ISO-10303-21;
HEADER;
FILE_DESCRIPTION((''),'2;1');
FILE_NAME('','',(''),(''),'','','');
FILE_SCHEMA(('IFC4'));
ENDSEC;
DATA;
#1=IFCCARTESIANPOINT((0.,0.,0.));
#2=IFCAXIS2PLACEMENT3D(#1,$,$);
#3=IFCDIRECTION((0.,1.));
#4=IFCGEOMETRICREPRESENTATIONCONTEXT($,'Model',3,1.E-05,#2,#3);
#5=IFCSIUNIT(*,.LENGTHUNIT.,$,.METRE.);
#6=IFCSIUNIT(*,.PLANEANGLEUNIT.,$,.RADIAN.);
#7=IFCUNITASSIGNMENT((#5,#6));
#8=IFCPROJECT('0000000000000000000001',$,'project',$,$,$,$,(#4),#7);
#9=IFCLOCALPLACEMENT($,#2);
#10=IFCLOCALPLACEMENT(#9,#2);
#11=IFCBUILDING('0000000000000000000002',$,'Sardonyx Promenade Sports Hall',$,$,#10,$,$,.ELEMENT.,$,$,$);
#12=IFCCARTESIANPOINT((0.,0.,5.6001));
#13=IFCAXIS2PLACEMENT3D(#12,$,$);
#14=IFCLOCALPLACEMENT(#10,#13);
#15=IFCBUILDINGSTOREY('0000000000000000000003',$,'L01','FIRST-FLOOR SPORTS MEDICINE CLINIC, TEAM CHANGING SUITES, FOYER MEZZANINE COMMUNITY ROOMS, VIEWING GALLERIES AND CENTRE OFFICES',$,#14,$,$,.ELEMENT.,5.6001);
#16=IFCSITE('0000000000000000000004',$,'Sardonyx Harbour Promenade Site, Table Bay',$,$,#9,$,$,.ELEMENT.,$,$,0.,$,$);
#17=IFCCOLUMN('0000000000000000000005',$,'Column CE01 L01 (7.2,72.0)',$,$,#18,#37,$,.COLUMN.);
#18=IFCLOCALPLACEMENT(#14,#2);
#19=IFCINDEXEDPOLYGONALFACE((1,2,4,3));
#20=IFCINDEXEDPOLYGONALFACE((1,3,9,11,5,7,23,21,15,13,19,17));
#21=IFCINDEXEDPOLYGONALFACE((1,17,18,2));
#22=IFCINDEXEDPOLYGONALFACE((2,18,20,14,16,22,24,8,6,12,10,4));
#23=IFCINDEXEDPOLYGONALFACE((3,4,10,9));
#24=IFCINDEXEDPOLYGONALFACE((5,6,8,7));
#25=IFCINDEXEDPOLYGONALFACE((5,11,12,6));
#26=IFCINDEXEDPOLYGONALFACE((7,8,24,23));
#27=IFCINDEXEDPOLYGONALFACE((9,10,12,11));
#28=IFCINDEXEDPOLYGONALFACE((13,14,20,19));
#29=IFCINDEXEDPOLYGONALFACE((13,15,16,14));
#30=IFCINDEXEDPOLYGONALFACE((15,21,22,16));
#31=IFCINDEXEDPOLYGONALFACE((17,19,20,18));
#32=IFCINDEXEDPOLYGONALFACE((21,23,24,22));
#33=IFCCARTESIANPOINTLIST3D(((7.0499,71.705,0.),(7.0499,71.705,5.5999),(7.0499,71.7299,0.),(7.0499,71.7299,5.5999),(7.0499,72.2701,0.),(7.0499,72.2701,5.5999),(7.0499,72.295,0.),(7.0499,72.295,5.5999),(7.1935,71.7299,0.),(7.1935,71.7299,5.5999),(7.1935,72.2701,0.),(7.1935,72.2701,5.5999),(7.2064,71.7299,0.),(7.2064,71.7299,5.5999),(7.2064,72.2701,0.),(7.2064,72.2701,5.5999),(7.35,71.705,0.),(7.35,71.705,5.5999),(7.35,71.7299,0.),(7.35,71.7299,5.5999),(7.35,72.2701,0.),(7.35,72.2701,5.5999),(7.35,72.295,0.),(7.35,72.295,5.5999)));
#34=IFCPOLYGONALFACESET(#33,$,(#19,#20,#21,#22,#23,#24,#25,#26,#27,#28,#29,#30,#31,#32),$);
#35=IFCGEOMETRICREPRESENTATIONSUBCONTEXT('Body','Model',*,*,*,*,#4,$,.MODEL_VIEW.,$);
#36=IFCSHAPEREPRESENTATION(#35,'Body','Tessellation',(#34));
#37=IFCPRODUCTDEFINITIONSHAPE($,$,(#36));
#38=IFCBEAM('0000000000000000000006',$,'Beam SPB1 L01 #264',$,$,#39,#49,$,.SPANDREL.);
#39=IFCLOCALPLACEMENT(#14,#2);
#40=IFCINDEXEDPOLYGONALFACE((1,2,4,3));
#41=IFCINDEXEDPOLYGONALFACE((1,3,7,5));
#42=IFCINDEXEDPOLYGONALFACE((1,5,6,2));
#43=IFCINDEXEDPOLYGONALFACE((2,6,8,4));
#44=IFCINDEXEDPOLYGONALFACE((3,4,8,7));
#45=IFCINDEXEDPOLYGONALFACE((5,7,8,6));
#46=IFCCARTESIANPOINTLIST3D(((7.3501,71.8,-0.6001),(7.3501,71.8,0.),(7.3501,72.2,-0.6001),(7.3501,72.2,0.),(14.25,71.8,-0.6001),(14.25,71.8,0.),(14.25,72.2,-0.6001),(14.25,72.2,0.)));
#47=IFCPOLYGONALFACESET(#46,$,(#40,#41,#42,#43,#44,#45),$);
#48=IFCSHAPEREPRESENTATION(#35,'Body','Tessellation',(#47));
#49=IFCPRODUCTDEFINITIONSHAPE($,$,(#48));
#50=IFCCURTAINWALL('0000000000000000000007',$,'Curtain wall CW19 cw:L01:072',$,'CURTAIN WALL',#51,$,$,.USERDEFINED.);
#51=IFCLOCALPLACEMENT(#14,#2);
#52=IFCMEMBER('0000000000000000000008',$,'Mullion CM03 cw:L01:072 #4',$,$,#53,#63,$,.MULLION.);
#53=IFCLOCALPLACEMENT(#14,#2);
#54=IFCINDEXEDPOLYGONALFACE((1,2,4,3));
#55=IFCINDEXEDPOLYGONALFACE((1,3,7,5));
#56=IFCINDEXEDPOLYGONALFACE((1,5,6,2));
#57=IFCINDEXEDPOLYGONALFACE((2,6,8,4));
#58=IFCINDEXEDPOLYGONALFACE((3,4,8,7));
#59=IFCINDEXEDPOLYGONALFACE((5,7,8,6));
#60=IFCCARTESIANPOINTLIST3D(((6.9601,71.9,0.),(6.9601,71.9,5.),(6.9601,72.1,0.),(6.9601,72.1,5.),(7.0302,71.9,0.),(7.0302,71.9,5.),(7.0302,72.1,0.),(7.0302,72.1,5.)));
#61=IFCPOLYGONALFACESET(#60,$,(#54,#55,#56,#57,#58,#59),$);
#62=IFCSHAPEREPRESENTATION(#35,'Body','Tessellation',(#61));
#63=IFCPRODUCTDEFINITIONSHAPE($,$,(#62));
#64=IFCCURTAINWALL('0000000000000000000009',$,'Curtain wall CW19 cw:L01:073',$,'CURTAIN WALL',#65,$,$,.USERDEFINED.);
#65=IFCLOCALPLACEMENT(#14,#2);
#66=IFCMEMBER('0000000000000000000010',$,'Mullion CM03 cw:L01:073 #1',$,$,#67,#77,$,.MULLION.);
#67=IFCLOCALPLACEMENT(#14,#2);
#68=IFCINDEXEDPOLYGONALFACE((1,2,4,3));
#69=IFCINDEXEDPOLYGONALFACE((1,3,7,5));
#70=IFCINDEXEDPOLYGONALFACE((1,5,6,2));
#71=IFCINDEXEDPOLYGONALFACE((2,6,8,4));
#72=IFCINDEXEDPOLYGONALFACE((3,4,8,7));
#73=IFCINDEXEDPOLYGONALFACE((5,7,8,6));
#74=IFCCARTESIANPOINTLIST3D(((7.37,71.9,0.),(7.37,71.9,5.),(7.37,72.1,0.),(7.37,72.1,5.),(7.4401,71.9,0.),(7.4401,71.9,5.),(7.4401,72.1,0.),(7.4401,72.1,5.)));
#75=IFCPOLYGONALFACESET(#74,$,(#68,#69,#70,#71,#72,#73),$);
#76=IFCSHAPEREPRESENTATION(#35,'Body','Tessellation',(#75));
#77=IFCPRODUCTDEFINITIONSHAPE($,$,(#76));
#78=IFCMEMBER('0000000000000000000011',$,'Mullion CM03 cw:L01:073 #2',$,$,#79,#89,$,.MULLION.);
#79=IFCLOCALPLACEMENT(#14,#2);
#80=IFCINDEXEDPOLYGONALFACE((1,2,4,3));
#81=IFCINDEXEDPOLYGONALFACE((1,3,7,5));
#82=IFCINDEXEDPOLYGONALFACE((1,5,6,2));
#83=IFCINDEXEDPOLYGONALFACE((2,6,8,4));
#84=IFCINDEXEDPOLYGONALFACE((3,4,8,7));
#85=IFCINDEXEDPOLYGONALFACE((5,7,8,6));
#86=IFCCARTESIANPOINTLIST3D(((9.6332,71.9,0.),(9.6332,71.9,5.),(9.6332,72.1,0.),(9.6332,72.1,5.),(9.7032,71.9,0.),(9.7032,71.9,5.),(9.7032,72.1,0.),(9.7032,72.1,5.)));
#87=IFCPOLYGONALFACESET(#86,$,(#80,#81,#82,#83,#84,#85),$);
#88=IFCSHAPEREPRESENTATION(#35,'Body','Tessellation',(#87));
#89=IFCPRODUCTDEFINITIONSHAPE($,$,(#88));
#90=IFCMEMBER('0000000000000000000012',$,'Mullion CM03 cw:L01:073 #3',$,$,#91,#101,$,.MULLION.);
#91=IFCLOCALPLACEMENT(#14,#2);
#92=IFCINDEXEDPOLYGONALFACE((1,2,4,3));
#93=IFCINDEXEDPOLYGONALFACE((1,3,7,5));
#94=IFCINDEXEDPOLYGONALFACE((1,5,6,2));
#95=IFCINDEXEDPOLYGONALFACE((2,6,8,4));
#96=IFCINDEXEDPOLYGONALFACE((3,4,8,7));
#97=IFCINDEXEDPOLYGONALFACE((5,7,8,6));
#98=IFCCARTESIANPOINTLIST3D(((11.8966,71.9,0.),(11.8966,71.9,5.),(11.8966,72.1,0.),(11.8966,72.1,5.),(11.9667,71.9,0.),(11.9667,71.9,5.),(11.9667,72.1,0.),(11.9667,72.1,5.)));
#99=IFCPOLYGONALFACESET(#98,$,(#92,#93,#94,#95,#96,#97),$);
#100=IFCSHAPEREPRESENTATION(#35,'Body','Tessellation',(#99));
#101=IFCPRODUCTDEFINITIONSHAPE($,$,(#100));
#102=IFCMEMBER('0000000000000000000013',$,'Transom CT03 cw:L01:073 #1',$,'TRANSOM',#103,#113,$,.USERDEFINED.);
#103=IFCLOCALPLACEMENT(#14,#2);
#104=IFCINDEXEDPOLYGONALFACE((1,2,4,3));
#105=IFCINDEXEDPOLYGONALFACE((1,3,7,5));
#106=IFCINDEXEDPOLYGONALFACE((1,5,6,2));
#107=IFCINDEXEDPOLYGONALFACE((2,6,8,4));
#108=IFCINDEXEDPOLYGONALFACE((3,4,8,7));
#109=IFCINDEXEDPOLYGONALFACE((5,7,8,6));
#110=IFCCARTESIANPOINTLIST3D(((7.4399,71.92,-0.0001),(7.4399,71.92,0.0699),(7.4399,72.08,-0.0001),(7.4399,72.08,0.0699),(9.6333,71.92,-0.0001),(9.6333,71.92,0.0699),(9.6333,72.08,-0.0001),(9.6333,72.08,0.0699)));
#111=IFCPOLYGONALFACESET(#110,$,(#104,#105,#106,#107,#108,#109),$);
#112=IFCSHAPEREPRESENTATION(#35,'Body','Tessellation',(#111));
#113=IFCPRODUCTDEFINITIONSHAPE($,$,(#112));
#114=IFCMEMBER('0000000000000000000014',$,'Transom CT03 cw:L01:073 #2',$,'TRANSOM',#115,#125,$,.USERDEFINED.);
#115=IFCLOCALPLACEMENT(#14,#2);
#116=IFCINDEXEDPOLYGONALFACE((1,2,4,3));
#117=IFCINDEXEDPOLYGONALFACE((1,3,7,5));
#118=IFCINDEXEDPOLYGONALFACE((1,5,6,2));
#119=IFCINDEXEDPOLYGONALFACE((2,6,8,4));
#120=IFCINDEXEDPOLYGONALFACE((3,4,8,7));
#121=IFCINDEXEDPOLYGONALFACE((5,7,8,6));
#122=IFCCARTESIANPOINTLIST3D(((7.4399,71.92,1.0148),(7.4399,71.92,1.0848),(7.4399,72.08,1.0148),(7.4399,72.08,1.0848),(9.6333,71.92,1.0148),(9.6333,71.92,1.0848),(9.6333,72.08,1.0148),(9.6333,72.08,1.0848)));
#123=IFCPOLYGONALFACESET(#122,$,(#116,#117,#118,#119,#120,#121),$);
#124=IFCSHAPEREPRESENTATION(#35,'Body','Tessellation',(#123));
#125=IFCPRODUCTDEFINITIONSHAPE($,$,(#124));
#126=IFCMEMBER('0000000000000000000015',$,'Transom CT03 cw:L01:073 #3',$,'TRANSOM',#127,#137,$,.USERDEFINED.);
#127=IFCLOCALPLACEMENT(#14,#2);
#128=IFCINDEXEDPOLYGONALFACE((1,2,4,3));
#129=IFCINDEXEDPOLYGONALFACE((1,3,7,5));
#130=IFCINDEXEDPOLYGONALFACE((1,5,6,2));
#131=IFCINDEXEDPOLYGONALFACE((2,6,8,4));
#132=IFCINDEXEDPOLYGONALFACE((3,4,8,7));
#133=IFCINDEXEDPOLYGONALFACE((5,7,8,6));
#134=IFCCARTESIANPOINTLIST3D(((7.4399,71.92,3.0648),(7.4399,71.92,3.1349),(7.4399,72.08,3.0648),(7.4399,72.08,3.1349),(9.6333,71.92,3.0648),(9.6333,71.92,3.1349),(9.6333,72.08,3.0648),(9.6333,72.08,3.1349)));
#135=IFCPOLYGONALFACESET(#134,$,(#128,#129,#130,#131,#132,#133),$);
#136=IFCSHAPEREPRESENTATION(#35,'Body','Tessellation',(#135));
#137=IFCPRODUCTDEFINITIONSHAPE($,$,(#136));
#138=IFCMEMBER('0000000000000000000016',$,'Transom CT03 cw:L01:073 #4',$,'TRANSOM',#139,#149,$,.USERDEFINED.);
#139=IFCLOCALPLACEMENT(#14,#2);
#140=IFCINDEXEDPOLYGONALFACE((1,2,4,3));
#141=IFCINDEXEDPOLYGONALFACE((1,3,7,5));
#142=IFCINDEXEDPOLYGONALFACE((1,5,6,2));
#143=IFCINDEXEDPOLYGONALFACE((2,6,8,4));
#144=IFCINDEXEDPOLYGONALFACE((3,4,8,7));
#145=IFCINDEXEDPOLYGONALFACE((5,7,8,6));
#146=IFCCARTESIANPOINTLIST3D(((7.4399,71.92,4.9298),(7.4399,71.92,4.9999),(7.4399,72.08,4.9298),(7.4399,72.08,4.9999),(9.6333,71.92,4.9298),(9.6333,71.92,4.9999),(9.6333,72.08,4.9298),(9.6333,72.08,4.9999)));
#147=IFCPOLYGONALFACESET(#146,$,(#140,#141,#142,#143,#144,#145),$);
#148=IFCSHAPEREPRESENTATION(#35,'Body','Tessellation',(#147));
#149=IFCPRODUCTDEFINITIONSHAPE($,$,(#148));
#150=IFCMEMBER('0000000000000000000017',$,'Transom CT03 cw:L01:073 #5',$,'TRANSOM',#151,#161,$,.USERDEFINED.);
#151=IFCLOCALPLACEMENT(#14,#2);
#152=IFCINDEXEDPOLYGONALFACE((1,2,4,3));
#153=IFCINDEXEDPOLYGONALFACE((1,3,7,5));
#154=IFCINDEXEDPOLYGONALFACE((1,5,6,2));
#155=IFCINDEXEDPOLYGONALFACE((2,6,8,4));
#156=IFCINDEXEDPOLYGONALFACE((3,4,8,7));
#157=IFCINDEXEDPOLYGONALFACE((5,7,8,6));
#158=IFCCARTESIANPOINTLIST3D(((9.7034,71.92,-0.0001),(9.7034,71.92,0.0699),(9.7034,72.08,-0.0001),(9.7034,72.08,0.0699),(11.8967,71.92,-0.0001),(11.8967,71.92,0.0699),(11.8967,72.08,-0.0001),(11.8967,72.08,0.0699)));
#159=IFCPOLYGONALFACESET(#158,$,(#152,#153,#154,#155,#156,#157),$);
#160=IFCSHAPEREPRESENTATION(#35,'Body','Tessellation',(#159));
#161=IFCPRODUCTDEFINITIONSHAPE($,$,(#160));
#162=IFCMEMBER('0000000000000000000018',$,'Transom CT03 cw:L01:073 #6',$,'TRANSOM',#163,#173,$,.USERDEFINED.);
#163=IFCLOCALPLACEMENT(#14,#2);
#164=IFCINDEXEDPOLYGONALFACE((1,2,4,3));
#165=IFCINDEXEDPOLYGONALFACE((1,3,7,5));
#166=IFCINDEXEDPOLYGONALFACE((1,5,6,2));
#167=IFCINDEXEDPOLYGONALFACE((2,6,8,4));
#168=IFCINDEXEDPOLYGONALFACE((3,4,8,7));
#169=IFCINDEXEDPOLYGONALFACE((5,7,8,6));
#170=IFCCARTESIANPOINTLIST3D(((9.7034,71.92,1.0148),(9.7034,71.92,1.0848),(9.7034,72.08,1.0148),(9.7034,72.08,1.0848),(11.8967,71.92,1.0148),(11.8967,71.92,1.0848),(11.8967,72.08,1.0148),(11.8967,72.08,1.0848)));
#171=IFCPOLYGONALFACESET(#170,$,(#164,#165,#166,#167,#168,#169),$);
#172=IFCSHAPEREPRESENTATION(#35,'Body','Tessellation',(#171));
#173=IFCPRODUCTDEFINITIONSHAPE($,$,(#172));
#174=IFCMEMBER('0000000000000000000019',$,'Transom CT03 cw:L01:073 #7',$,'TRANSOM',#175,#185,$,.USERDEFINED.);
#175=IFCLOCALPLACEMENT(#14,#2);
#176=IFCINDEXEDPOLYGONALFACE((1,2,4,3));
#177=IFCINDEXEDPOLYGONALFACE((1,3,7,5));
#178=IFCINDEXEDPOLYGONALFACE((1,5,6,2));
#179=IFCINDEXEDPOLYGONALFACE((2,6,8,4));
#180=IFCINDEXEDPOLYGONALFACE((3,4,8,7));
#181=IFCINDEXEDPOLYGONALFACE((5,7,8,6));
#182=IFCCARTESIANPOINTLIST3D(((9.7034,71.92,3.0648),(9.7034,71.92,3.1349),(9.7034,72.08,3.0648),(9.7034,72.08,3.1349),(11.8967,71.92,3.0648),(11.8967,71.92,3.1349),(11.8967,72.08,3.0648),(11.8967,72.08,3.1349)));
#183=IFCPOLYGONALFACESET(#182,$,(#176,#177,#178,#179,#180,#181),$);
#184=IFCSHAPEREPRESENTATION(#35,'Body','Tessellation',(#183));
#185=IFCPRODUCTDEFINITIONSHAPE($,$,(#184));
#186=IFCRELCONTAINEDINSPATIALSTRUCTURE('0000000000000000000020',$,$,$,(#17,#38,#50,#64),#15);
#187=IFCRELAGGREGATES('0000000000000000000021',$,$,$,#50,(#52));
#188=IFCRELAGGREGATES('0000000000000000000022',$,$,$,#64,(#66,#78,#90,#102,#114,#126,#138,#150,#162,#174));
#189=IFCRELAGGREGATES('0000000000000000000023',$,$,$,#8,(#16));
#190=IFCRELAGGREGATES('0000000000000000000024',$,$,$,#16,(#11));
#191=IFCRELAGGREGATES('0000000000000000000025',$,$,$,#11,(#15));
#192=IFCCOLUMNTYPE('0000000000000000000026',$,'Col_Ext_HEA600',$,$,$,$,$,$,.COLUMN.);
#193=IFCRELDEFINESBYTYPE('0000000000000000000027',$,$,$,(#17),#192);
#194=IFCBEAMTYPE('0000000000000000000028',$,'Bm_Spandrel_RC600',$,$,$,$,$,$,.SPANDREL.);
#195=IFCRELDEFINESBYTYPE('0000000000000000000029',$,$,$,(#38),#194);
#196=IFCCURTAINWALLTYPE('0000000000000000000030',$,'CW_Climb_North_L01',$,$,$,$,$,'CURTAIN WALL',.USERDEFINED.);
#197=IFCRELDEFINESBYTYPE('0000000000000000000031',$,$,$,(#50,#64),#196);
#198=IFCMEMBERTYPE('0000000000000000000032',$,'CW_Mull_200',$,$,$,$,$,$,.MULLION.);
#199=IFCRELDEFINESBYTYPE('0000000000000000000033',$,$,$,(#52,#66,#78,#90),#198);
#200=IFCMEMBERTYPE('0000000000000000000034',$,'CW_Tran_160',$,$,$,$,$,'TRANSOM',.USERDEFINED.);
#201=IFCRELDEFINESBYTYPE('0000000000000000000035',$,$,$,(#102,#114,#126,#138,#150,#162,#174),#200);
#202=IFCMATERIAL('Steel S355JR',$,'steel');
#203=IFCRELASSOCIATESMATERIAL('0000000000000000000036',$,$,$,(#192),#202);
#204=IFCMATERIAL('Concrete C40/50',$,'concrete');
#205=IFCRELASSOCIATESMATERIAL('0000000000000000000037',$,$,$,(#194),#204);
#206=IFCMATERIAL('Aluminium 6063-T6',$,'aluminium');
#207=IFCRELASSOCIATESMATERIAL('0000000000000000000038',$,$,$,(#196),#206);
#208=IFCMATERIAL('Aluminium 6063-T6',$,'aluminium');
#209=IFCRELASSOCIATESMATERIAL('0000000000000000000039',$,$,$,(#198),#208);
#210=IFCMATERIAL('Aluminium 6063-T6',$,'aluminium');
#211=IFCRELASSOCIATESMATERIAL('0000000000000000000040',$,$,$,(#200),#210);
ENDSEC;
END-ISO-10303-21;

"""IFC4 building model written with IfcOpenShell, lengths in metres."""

from ifc_helpers import new_model, si_unit, direction, frame, origin, origin_2d, place, context, subcontext, project, spatial, rectangle, i_section, extrude, material, material_profile, profile_set, type_object, element, aggregate, save


model = new_model("IFC4")

# Units and contexts
model_context = context("Model", 3, precision=1e-05, world=origin(), true_north=direction((0.0, 1.0)))
body_context = subcontext(model_context, "Body", "Model", "MODEL_VIEW")
ifc_project = project(units=[si_unit("LENGTHUNIT", "METRE"), si_unit("PLANEANGLEUNIT", "RADIAN")], contexts=[model_context])

# Site, building, storey
site_placement = place(None, origin())
site = spatial("IfcSite", under=ifc_project, at=site_placement, Name="Sardonyx Harbour Promenade Site, Table Bay", CompositionType="ELEMENT", RefElevation=0.0)
building_placement = place(site_placement, origin())
building = spatial("IfcBuilding", under=site, at=building_placement, Name="Sardonyx Promenade Sports Hall", CompositionType="ELEMENT")
storey_placement = place(building_placement, frame((0.0, 0.0, 5.6001)))
storey = spatial("IfcBuildingStorey", under=building, at=storey_placement, Name="L01", Description="FIRST-FLOOR SPORTS MEDICINE CLINIC, TEAM CHANGING SUITES, FOYER MEZZANINE COMMUNITY ROOMS, VIEWING GALLERIES AND CENTRE OFFICES", CompositionType="ELEMENT", Elevation=5.6001)

# Column
ifc_material_1 = material(Name="Steel S355JR", Category="steel")
ifc_material_profile_1 = material_profile(ifc_material_1, i_section(OverallWidth=0.3, OverallDepth=0.5901, WebThickness=0.0129, FlangeThickness=0.0249, at=origin_2d()))
ifc_profile_set_1 = profile_set([ifc_material_profile_1], Name="Steel S355JR")
column_type = type_object("IfcColumnType", Name="Col_Ext_HEA600", PredefinedType="COLUMN", material=ifc_profile_set_1)
column_placement = place(storey_placement, frame((7.2, 72.0, 0.0), z_axis=(0.0, 0.0, 1.0), x_axis=(1.0, 0.0, 0.0)))
element("IfcColumn", 1, at=column_placement, inside=storey, type_object=column_type, Name="Column CE01 L01 (7.2,72.0)", PredefinedType="COLUMN", context=body_context, shape_type="SweptSolid", body=[
    extrude(i_section(OverallWidth=0.3, OverallDepth=0.5901, WebThickness=0.0129, FlangeThickness=0.0249, at=origin_2d()), origin(), (0.0, 0.0, 1.0), 5.5999),
])

# Beam
ifc_material_2 = material(Name="Concrete C40/50", Category="concrete")
ifc_material_profile_2 = material_profile(ifc_material_2, rectangle(XDim=0.3999, YDim=0.6001, at=origin_2d()))
ifc_profile_set_2 = profile_set([ifc_material_profile_2], Name="Concrete C40/50")
beam_type = type_object("IfcBeamType", Name="Bm_Spandrel_RC600", PredefinedType="SPANDREL", material=ifc_profile_set_2)
beam_placement = place(storey_placement, frame((7.3501, 72.0, -0.3), z_axis=(1.0, 0.0, 0.0), x_axis=(0.0, 1.0, 0.0)))
element("IfcBeam", 2, at=beam_placement, inside=storey, type_object=beam_type, Name="Beam SPB1 L01 #264", PredefinedType="SPANDREL", context=body_context, shape_type="SweptSolid", body=[
    extrude(rectangle(XDim=0.3999, YDim=0.6001, at=origin_2d()), origin(), (0.0, 0.0, 1.0), 6.8999),
])

# Curtain wall, member
ifc_material_3 = material(Name="Aluminium 6063-T6", Category="aluminium")
curtain_wall_type = type_object("IfcCurtainWallType", Name="CW_Climb_North_L01", ElementType="CURTAIN WALL", PredefinedType="USERDEFINED", material=ifc_material_3)
curtain_wall_1_placement = place(storey_placement, origin())
curtain_wall_1 = element("IfcCurtainWall", 3, at=curtain_wall_1_placement, inside=storey, type_object=curtain_wall_type, Name="Curtain wall CW19 cw:L01:072", ObjectType="CURTAIN WALL", PredefinedType="USERDEFINED")
ifc_material_4 = material(Name="Aluminium 6063-T6", Category="aluminium")
ifc_material_profile_3 = material_profile(ifc_material_4, rectangle(XDim=0.0701, YDim=0.2, at=origin_2d()))
ifc_profile_set_3 = profile_set([ifc_material_profile_3], Name="Aluminium 6063-T6")
member_type_1 = type_object("IfcMemberType", Name="CW_Mull_200", PredefinedType="MULLION", material=ifc_profile_set_3)
member_1_placement = place(storey_placement, frame((6.9951, 72.0, 0.0), z_axis=(0.0, 0.0, 1.0), x_axis=(1.0, 0.0, 0.0)))
member_1 = element("IfcMember", 4, at=member_1_placement, type_object=member_type_1, Name="Mullion CM03 cw:L01:072 #4", PredefinedType="MULLION", context=body_context, shape_type="SweptSolid", body=[
    extrude(rectangle(XDim=0.0701, YDim=0.2, at=origin_2d()), origin(), (0.0, 0.0, 1.0), 5.0),
])
aggregate(curtain_wall_1, [member_1])

# Curtain wall, members
curtain_wall_2_placement = place(storey_placement, origin())
curtain_wall_2 = element("IfcCurtainWall", 5, at=curtain_wall_2_placement, inside=storey, type_object=curtain_wall_type, Name="Curtain wall CW19 cw:L01:073", ObjectType="CURTAIN WALL", PredefinedType="USERDEFINED")
member_2_placement = place(storey_placement, frame((7.405, 72.0, 0.0), z_axis=(0.0, 0.0, 1.0), x_axis=(1.0, 0.0, 0.0)))
member_2 = element("IfcMember", 6, at=member_2_placement, type_object=member_type_1, Name="Mullion CM03 cw:L01:073 #1", PredefinedType="MULLION", context=body_context, shape_type="SweptSolid", body=[
    extrude(rectangle(XDim=0.0701, YDim=0.2, at=origin_2d()), origin(), (0.0, 0.0, 1.0), 5.0),
])
member_3_placement = place(storey_placement, frame((9.6682, 72.0, 0.0), z_axis=(0.0, 0.0, 1.0), x_axis=(1.0, 0.0, 0.0)))
member_3 = element("IfcMember", 7, at=member_3_placement, type_object=member_type_1, Name="Mullion CM03 cw:L01:073 #2", PredefinedType="MULLION", context=body_context, shape_type="SweptSolid", body=[
    extrude(rectangle(XDim=0.0701, YDim=0.2, at=origin_2d()), origin(), (0.0, 0.0, 1.0), 5.0),
])
member_4_placement = place(storey_placement, frame((11.9316, 72.0, 0.0), z_axis=(0.0, 0.0, 1.0), x_axis=(1.0, 0.0, 0.0)))
member_4 = element("IfcMember", 8, at=member_4_placement, type_object=member_type_1, Name="Mullion CM03 cw:L01:073 #3", PredefinedType="MULLION", context=body_context, shape_type="SweptSolid", body=[
    extrude(rectangle(XDim=0.0701, YDim=0.2, at=origin_2d()), origin(), (0.0, 0.0, 1.0), 5.0),
])
ifc_material_5 = material(Name="Aluminium 6063-T6", Category="aluminium")
ifc_material_profile_4 = material_profile(ifc_material_5, rectangle(XDim=0.0701, YDim=0.1599, at=origin_2d()))
ifc_profile_set_4 = profile_set([ifc_material_profile_4], Name="Aluminium 6063-T6")
member_type_2 = type_object("IfcMemberType", Name="CW_Tran_160", ElementType="TRANSOM", PredefinedType="USERDEFINED", material=ifc_profile_set_4)
member_5_placement = place(storey_placement, frame((7.4399, 72.0, 0.0349), z_axis=(1.0, 0.0, 0.0), x_axis=(0.0, 0.0, 1.0)))
member_5 = element("IfcMember", 9, at=member_5_placement, type_object=member_type_2, Name="Transom CT03 cw:L01:073 #1", ObjectType="TRANSOM", PredefinedType="USERDEFINED", context=body_context, shape_type="SweptSolid", body=[
    extrude(rectangle(XDim=0.0701, YDim=0.1599, at=origin_2d()), origin(), (0.0, 0.0, 1.0), 2.1934),
])
member_6_placement = place(storey_placement, frame((7.4399, 72.0, 1.0498), z_axis=(1.0, 0.0, 0.0), x_axis=(0.0, 0.0, 1.0)))
member_6 = element("IfcMember", 10, at=member_6_placement, type_object=member_type_2, Name="Transom CT03 cw:L01:073 #2", ObjectType="TRANSOM", PredefinedType="USERDEFINED", context=body_context, shape_type="SweptSolid", body=[
    extrude(rectangle(XDim=0.0701, YDim=0.1599, at=origin_2d()), origin(), (0.0, 0.0, 1.0), 2.1934),
])
member_7_placement = place(storey_placement, frame((7.4399, 72.0, 3.0999), z_axis=(1.0, 0.0, 0.0), x_axis=(0.0, 0.0, 1.0)))
member_7 = element("IfcMember", 11, at=member_7_placement, type_object=member_type_2, Name="Transom CT03 cw:L01:073 #3", ObjectType="TRANSOM", PredefinedType="USERDEFINED", context=body_context, shape_type="SweptSolid", body=[
    extrude(rectangle(XDim=0.0701, YDim=0.1599, at=origin_2d()), origin(), (0.0, 0.0, 1.0), 2.1934),
])
member_8_placement = place(storey_placement, frame((7.4399, 72.0, 4.9648), z_axis=(1.0, 0.0, 0.0), x_axis=(0.0, 0.0, 1.0)))
member_8 = element("IfcMember", 12, at=member_8_placement, type_object=member_type_2, Name="Transom CT03 cw:L01:073 #4", ObjectType="TRANSOM", PredefinedType="USERDEFINED", context=body_context, shape_type="SweptSolid", body=[
    extrude(rectangle(XDim=0.0701, YDim=0.1599, at=origin_2d()), origin(), (0.0, 0.0, 1.0), 2.1934),
])
member_9_placement = place(storey_placement, frame((9.7034, 72.0, 0.0349), z_axis=(1.0, 0.0, 0.0), x_axis=(0.0, 0.0, 1.0)))
member_9 = element("IfcMember", 13, at=member_9_placement, type_object=member_type_2, Name="Transom CT03 cw:L01:073 #5", ObjectType="TRANSOM", PredefinedType="USERDEFINED", context=body_context, shape_type="SweptSolid", body=[
    extrude(rectangle(XDim=0.0701, YDim=0.1599, at=origin_2d()), origin(), (0.0, 0.0, 1.0), 2.1934),
])
member_10_placement = place(storey_placement, frame((9.7034, 72.0, 1.0498), z_axis=(1.0, 0.0, 0.0), x_axis=(0.0, 0.0, 1.0)))
member_10 = element("IfcMember", 14, at=member_10_placement, type_object=member_type_2, Name="Transom CT03 cw:L01:073 #6", ObjectType="TRANSOM", PredefinedType="USERDEFINED", context=body_context, shape_type="SweptSolid", body=[
    extrude(rectangle(XDim=0.0701, YDim=0.1599, at=origin_2d()), origin(), (0.0, 0.0, 1.0), 2.1934),
])
member_11_placement = place(storey_placement, frame((9.7034, 72.0, 3.0999), z_axis=(1.0, 0.0, 0.0), x_axis=(0.0, 0.0, 1.0)))
member_11 = element("IfcMember", 15, at=member_11_placement, type_object=member_type_2, Name="Transom CT03 cw:L01:073 #7", ObjectType="TRANSOM", PredefinedType="USERDEFINED", context=body_context, shape_type="SweptSolid", body=[
    extrude(rectangle(XDim=0.0701, YDim=0.1599, at=origin_2d()), origin(), (0.0, 0.0, 1.0), 2.1934),
])
aggregate(curtain_wall_2, [member_2, member_3, member_4, member_5, member_6, member_7, member_8, member_9, member_10, member_11])

save(model, "model.ifc")
